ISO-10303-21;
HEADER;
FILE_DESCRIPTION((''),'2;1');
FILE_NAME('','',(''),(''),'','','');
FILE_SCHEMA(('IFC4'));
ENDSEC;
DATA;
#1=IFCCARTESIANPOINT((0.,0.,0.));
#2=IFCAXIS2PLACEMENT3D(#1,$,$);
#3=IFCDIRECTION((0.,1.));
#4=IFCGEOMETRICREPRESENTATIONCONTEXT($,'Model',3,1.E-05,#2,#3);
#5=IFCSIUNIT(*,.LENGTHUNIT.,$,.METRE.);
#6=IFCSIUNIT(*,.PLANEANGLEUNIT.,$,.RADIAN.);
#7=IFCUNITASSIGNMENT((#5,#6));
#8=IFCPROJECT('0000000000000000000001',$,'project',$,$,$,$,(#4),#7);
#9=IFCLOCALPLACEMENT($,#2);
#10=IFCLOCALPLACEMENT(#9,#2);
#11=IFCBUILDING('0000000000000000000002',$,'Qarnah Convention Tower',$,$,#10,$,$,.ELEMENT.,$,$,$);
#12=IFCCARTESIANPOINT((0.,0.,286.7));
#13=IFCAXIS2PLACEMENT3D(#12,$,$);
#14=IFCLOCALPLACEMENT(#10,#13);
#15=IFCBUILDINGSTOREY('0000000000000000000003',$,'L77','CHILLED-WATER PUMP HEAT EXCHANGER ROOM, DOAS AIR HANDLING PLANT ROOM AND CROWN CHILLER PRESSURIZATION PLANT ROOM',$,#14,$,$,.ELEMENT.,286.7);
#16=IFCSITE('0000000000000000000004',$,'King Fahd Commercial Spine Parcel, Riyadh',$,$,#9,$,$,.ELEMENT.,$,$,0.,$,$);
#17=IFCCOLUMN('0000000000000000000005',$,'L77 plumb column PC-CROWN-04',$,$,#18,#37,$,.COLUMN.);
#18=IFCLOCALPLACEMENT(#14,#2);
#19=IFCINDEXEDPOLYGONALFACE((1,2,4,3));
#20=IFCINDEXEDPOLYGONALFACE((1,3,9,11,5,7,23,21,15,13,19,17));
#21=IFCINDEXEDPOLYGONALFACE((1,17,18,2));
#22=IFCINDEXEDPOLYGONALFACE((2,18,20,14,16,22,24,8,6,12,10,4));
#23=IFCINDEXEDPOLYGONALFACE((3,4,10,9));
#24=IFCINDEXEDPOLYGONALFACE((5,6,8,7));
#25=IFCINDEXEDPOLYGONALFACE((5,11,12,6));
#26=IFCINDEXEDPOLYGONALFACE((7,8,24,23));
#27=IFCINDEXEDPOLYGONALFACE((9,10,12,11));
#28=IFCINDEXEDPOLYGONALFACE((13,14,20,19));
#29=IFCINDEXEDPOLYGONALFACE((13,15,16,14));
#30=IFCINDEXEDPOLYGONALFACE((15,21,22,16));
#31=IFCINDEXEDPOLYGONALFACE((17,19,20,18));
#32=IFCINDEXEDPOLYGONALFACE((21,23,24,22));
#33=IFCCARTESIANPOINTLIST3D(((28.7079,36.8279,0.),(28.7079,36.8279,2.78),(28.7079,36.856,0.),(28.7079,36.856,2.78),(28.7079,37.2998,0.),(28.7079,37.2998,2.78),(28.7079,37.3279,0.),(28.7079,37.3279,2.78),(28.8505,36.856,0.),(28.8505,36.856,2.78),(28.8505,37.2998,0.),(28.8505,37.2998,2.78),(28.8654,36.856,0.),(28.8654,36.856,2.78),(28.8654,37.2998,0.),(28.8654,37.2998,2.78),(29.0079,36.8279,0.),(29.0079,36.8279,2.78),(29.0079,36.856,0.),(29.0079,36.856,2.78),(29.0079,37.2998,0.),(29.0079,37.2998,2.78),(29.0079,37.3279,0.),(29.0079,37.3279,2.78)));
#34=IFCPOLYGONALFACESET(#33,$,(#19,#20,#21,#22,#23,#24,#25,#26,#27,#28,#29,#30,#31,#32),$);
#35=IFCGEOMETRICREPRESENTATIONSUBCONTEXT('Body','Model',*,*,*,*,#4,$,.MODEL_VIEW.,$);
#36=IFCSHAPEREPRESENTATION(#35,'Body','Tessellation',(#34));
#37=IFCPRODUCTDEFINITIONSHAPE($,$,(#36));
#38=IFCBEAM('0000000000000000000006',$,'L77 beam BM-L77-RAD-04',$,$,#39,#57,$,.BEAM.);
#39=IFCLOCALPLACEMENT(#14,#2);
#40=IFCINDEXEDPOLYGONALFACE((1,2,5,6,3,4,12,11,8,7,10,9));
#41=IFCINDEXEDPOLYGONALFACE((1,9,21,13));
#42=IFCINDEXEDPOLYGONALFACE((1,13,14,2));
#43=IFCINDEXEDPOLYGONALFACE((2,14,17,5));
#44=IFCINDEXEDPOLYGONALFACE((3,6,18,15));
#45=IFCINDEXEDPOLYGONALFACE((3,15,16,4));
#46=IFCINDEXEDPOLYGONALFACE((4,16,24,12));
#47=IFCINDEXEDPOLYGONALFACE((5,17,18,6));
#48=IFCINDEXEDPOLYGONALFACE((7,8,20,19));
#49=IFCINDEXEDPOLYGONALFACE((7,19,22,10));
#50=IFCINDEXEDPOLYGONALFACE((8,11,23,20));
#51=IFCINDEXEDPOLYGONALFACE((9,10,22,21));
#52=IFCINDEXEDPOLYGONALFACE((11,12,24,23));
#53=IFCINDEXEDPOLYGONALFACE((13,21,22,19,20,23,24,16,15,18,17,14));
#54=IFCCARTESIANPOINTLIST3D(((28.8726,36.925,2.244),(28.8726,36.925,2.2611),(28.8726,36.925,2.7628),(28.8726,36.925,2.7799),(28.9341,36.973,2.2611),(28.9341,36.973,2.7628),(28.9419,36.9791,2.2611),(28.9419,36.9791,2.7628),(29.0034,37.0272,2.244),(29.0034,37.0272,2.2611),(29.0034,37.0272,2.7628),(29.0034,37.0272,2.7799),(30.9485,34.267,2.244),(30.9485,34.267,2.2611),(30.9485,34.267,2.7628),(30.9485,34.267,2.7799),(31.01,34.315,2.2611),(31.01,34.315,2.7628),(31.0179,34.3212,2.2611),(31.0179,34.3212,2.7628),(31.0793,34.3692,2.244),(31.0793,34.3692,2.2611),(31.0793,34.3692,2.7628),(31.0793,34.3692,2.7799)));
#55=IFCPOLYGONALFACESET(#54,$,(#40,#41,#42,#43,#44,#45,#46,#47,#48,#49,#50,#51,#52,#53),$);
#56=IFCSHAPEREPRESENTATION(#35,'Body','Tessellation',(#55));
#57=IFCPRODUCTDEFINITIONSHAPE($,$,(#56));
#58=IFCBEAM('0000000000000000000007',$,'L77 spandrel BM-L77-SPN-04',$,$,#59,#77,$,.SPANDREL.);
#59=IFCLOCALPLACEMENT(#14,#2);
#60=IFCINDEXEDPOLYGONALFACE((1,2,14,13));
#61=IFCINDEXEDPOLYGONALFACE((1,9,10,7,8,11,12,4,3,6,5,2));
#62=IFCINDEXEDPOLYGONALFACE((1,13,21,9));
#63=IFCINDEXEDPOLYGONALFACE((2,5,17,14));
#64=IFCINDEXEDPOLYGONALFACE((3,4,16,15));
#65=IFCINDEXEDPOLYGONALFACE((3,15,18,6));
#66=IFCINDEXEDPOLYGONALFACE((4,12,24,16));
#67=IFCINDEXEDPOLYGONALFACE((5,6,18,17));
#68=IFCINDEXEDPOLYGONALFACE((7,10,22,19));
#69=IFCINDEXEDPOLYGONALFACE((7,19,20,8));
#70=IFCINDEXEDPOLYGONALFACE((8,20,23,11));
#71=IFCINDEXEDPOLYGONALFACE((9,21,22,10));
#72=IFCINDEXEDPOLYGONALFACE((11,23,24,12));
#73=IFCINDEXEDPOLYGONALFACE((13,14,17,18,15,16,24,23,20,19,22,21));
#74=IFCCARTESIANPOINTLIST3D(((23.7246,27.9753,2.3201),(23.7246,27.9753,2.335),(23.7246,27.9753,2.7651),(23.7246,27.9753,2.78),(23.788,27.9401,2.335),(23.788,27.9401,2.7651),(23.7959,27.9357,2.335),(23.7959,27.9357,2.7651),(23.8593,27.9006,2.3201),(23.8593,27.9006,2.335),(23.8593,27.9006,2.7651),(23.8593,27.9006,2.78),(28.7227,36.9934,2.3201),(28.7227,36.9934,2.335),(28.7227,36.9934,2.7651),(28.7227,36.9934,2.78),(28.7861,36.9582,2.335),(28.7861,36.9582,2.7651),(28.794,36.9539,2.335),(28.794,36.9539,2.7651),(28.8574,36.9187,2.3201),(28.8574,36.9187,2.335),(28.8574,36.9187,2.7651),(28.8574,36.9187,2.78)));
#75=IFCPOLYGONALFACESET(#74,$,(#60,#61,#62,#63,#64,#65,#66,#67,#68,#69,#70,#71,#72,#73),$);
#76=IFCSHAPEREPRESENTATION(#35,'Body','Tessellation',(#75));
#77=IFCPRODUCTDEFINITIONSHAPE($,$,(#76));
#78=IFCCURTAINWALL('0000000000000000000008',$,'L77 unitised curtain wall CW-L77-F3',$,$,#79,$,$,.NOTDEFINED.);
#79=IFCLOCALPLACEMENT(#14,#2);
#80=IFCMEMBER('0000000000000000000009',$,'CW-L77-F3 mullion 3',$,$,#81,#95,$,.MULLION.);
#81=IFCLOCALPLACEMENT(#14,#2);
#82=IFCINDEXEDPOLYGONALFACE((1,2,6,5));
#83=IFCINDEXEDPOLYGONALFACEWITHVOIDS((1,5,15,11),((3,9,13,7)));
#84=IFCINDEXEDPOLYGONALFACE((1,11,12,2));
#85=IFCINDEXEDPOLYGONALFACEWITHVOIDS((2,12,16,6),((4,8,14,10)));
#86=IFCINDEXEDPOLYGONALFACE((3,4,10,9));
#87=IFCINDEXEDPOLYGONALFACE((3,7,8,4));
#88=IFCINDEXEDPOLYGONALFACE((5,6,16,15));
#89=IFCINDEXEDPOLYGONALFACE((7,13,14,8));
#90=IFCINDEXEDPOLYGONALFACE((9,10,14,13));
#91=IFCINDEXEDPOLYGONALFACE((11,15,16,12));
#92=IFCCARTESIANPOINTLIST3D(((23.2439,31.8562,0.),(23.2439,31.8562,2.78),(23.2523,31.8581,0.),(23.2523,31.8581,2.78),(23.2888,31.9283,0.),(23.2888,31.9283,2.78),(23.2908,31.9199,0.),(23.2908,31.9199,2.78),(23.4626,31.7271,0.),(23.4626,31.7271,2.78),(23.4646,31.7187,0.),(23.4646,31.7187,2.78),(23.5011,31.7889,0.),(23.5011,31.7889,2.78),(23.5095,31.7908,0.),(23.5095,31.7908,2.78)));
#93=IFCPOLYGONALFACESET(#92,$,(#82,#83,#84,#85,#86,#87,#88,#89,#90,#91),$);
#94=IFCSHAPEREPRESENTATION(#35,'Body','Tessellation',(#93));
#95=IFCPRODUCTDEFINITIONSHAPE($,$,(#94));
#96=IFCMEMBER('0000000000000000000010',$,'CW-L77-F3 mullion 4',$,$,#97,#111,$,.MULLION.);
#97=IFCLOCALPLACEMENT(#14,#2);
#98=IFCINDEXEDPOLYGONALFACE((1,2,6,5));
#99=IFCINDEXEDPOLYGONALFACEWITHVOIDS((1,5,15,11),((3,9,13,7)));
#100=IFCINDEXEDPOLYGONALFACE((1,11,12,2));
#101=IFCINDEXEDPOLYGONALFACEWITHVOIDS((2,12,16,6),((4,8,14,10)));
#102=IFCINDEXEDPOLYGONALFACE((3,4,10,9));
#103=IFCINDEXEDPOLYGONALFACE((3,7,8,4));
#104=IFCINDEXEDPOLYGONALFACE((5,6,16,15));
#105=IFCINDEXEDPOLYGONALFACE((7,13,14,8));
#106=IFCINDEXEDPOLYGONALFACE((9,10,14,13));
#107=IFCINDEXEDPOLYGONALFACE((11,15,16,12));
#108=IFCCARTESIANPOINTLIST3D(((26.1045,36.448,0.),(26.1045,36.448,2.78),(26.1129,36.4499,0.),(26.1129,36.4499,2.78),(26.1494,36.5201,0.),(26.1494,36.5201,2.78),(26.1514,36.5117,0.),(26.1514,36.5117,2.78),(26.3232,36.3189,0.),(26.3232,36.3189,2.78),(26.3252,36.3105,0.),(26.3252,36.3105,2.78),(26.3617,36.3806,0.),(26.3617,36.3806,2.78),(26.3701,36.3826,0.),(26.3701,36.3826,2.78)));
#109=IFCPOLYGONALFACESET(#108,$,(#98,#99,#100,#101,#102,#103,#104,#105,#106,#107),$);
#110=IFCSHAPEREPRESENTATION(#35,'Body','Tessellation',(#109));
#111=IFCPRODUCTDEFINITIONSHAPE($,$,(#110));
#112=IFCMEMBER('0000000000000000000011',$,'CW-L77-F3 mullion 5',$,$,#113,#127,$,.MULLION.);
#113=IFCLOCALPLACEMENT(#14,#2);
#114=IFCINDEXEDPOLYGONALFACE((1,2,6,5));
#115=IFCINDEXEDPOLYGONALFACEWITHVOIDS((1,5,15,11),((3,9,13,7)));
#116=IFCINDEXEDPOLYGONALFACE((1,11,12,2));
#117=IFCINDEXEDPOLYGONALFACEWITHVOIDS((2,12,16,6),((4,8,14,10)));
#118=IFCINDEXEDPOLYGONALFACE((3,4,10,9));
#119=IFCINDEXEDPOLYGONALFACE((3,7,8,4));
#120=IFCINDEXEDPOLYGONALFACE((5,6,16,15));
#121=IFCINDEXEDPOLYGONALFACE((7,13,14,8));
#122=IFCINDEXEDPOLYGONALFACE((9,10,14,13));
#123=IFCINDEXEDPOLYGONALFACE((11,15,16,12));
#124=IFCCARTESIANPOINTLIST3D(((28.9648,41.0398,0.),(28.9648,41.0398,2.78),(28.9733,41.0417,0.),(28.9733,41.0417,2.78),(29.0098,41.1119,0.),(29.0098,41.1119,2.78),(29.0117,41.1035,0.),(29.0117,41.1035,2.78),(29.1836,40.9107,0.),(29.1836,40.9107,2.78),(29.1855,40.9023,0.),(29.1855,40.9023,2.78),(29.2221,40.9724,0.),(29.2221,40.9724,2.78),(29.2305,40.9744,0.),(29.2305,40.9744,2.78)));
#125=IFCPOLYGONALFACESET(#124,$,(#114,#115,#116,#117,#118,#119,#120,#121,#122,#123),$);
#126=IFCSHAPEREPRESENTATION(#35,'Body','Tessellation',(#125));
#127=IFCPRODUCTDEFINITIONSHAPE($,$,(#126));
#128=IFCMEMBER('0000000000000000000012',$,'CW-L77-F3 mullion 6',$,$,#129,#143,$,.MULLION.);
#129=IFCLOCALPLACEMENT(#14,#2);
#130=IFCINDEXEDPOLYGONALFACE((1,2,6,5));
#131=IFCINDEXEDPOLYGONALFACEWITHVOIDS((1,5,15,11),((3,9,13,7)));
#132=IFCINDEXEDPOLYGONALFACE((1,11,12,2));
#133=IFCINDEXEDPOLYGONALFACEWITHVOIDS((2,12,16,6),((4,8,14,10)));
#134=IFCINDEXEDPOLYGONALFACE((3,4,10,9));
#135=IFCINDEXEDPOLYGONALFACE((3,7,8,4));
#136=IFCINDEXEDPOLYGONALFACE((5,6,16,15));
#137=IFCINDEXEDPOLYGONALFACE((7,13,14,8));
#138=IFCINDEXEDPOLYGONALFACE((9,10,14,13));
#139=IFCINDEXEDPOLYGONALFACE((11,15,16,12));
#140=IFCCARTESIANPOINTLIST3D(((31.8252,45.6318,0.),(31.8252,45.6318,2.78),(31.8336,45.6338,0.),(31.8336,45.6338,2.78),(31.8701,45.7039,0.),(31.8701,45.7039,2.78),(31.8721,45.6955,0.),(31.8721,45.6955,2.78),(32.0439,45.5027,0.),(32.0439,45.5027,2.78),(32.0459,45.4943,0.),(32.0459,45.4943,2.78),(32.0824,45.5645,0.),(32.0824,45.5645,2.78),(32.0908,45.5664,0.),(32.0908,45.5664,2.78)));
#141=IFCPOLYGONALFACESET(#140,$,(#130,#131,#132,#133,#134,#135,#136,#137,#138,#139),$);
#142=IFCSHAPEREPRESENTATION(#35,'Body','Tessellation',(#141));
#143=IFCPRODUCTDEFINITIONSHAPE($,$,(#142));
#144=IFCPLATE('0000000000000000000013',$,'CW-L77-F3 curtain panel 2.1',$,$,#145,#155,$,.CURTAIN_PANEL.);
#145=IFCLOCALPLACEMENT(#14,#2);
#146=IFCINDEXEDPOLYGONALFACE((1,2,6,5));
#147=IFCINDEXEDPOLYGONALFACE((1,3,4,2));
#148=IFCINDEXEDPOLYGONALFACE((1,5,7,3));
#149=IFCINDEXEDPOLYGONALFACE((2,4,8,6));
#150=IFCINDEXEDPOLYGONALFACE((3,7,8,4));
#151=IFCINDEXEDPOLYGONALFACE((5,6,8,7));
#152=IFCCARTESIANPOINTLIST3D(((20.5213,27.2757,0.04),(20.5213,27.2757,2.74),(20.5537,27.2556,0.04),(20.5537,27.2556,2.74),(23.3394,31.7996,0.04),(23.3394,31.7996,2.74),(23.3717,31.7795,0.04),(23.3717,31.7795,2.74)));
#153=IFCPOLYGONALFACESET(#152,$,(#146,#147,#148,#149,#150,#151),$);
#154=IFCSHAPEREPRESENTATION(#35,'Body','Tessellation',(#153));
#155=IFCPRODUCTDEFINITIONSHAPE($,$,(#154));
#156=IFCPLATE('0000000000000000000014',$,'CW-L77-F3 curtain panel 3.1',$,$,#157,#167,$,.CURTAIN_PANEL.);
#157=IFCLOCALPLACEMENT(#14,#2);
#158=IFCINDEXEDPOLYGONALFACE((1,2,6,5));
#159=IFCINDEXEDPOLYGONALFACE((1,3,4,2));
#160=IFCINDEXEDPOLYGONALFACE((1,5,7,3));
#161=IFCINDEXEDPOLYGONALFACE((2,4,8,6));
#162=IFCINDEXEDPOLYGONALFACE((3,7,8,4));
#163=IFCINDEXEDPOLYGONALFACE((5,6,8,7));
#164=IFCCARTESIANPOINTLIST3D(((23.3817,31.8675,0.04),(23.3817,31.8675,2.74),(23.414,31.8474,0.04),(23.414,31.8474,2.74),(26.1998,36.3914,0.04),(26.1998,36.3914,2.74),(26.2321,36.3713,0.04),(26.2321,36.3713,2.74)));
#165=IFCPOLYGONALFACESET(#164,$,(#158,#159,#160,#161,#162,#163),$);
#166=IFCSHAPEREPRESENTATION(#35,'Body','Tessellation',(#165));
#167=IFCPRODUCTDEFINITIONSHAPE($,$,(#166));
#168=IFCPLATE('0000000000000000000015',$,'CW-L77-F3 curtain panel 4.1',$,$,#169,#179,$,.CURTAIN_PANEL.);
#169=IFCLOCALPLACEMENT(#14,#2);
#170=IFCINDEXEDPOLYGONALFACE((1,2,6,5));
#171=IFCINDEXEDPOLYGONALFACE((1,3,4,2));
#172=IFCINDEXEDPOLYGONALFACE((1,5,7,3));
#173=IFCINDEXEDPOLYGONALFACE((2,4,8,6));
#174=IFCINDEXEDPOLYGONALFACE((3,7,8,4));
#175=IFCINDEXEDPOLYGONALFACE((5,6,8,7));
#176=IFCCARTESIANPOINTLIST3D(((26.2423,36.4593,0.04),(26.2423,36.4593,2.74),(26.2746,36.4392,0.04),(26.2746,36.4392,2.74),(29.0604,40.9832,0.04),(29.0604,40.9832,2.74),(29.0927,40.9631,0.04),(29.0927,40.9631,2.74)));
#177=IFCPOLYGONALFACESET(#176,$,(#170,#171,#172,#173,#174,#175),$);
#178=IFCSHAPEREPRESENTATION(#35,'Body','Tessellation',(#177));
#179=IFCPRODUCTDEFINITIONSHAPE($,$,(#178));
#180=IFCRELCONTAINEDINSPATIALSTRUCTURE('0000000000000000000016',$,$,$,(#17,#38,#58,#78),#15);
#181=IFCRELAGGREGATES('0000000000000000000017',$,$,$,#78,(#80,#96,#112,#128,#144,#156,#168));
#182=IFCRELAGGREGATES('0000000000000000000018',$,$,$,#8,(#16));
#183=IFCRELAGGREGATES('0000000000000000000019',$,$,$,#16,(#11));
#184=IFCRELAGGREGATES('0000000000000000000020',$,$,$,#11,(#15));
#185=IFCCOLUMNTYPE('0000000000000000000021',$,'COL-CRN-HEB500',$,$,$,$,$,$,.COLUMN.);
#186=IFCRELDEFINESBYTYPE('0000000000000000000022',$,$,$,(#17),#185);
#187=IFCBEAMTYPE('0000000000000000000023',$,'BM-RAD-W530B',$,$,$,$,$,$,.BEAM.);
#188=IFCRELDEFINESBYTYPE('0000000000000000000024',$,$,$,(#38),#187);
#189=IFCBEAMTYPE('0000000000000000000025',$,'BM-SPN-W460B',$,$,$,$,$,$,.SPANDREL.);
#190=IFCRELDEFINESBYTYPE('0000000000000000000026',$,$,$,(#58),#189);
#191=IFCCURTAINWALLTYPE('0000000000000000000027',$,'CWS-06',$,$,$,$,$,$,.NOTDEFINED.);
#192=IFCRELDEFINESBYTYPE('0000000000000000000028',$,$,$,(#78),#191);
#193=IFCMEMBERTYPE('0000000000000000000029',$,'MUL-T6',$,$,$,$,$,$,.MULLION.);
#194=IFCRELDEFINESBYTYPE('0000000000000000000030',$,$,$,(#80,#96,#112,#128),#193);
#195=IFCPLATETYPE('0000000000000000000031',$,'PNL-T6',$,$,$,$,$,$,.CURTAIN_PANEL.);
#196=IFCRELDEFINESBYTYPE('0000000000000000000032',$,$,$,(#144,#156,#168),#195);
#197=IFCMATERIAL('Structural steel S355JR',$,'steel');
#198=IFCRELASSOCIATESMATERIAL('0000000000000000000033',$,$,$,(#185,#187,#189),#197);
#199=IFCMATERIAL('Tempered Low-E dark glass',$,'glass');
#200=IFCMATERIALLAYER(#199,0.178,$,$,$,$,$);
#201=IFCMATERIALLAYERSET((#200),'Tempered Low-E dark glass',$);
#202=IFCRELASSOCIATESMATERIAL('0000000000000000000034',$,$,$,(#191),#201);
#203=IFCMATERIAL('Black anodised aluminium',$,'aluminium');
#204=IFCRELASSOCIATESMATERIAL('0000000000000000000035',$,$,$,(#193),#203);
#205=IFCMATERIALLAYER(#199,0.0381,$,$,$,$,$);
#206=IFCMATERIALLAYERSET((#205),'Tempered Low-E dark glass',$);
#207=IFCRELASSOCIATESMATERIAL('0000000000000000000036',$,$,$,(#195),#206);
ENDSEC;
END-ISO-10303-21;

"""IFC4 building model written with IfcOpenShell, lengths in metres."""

from ifc_helpers import new_model, si_unit, direction, frame, origin, origin_2d, place, context, subcontext, project, spatial, rectangle, hollow_rectangle, i_section, extrude, material, layer, layer_set, material_profile, profile_set, type_object, element, aggregate, save


model = new_model("IFC4")

# Units and contexts
model_context = context("Model", 3, precision=1e-05, world=origin(), true_north=direction((0.0, 1.0)))
body_context = subcontext(model_context, "Body", "Model", "MODEL_VIEW")
ifc_project = project(units=[si_unit("LENGTHUNIT", "METRE"), si_unit("PLANEANGLEUNIT", "RADIAN")], contexts=[model_context])

# Site, building, storey
site_placement = place(None, origin())
site = spatial("IfcSite", under=ifc_project, at=site_placement, Name="King Fahd Commercial Spine Parcel, Riyadh", CompositionType="ELEMENT", RefElevation=0.0)
building_placement = place(site_placement, origin())
building = spatial("IfcBuilding", under=site, at=building_placement, Name="Qarnah Convention Tower", CompositionType="ELEMENT")
storey_placement = place(building_placement, frame((0.0, 0.0, 286.7)))
storey = spatial("IfcBuildingStorey", under=building, at=storey_placement, Name="L77", Description="CHILLED-WATER PUMP HEAT EXCHANGER ROOM, DOAS AIR HANDLING PLANT ROOM AND CROWN CHILLER PRESSURIZATION PLANT ROOM", CompositionType="ELEMENT", Elevation=286.7)

# Column
ifc_material_1 = material(Name="Structural steel S355JR", Category="steel")
ifc_material_profile_1 = material_profile(ifc_material_1, i_section(OverallWidth=0.3, OverallDepth=0.5, WebThickness=0.0149, FlangeThickness=0.0281, at=origin_2d()), Name="HEB500")
ifc_profile_set_1 = profile_set([ifc_material_profile_1], Name="Structural steel S355JR")
column_type = type_object("IfcColumnType", Name="COL-CRN-HEB500", PredefinedType="COLUMN", material=ifc_profile_set_1)
column_placement = place(storey_placement, frame((28.8579, 37.0779, 0.0), z_axis=(0.0, 0.0, 1.0), x_axis=(1.0, 0.0, 0.0)))
element("IfcColumn", 1, at=column_placement, inside=storey, type_object=column_type, Name="L77 plumb column PC-CROWN-04", PredefinedType="COLUMN", context=body_context, shape_type="SweptSolid", body=[
    extrude(i_section(OverallWidth=0.3, OverallDepth=0.5, WebThickness=0.0149, FlangeThickness=0.0281, at=origin_2d()), origin(), (0.0, 0.0, 1.0), 2.78),
])

# Beams
ifc_material_profile_2 = material_profile(ifc_material_1, i_section(OverallWidth=0.166, OverallDepth=0.5359, WebThickness=0.01, FlangeThickness=0.0171, at=origin_2d()), Name="W530X85")
ifc_profile_set_2 = profile_set([ifc_material_profile_2], Name="Structural steel S355JR")
beam_type_1 = type_object("IfcBeamType", Name="BM-RAD-W530B", PredefinedType="BEAM", material=ifc_profile_set_2)
beam_1_placement = place(storey_placement, frame((31.0139, 34.3181, 2.512), z_axis=(-0.615533, 0.788111, 0.0), x_axis=(-0.788111, -0.615533, 0.0)))
element("IfcBeam", 2, at=beam_1_placement, inside=storey, type_object=beam_type_1, Name="L77 beam BM-L77-RAD-04", PredefinedType="BEAM", context=body_context, shape_type="SweptSolid", body=[
    extrude(i_section(OverallWidth=0.166, OverallDepth=0.5359, WebThickness=0.01, FlangeThickness=0.0171, at=origin_2d()), origin(), (0.0, 0.0, 1.0), 3.3726),
])
ifc_material_profile_3 = material_profile(ifc_material_1, i_section(OverallWidth=0.1541, OverallDepth=0.46, WebThickness=0.009, FlangeThickness=0.0149, at=origin_2d()), Name="W460X68")
ifc_profile_set_3 = profile_set([ifc_material_profile_3], Name="Structural steel S355JR")
beam_type_2 = type_object("IfcBeamType", Name="BM-SPN-W460B", PredefinedType="SPANDREL", material=ifc_profile_set_3)
beam_2_placement = place(storey_placement, frame((28.79, 36.9561, 2.55), z_axis=(-0.484754, -0.874651, 0.0), x_axis=(0.874651, -0.484754, 0.0)))
element("IfcBeam", 3, at=beam_2_placement, inside=storey, type_object=beam_type_2, Name="L77 spandrel BM-L77-SPN-04", PredefinedType="SPANDREL", context=body_context, shape_type="SweptSolid", body=[
    extrude(i_section(OverallWidth=0.1541, OverallDepth=0.46, WebThickness=0.009, FlangeThickness=0.0149, at=origin_2d()), origin(), (0.0, 0.0, 1.0), 10.3105),
])

# Curtain wall, members, plates
ifc_material_2 = material(Name="Tempered Low-E dark glass", Category="glass")
ifc_layer_1 = layer(ifc_material_2, 0.178)
ifc_layer_set_1 = layer_set([ifc_layer_1], Name="Tempered Low-E dark glass")
curtain_wall_type = type_object("IfcCurtainWallType", Name="CWS-06", PredefinedType="NOTDEFINED", material=ifc_layer_set_1)
curtain_wall_placement = place(storey_placement, origin())
curtain_wall = element("IfcCurtainWall", 4, at=curtain_wall_placement, inside=storey, type_object=curtain_wall_type, Name="L77 unitised curtain wall CW-L77-F3", PredefinedType="NOTDEFINED")
ifc_material_3 = material(Name="Black anodised aluminium", Category="aluminium")
ifc_material_profile_4 = material_profile(ifc_material_3, hollow_rectangle(XDim=0.085, YDim=0.26, WallThickness=0.0061, at=origin_2d()), Name="MUL-85X260")
ifc_profile_set_4 = profile_set([ifc_material_profile_4], Name="Black anodised aluminium")
member_type = type_object("IfcMemberType", Name="MUL-T6", PredefinedType="MULLION", material=ifc_profile_set_4)
member_1_placement = place(storey_placement, frame((23.3767, 31.8235, 0.0), z_axis=(0.0, 0.0, 1.0), x_axis=(0.528739, 0.848785, 0.0)))
member_1 = element("IfcMember", 5, at=member_1_placement, type_object=member_type, Name="CW-L77-F3 mullion 3", PredefinedType="MULLION", context=body_context, shape_type="SweptSolid", body=[
    extrude(hollow_rectangle(XDim=0.085, YDim=0.26, WallThickness=0.0061, at=origin_2d()), origin(), (0.0, 0.0, 1.0), 2.78),
])
member_2_placement = place(storey_placement, frame((26.2373, 36.4153, 0.0), z_axis=(0.0, 0.0, 1.0), x_axis=(0.528739, 0.848785, 0.0)))
member_2 = element("IfcMember", 6, at=member_2_placement, type_object=member_type, Name="CW-L77-F3 mullion 4", PredefinedType="MULLION", context=body_context, shape_type="SweptSolid", body=[
    extrude(hollow_rectangle(XDim=0.085, YDim=0.26, WallThickness=0.0061, at=origin_2d()), origin(), (0.0, 0.0, 1.0), 2.78),
])
member_3_placement = place(storey_placement, frame((29.0977, 41.0071, 0.0), z_axis=(0.0, 0.0, 1.0), x_axis=(0.528739, 0.848785, 0.0)))
member_3 = element("IfcMember", 7, at=member_3_placement, type_object=member_type, Name="CW-L77-F3 mullion 5", PredefinedType="MULLION", context=body_context, shape_type="SweptSolid", body=[
    extrude(hollow_rectangle(XDim=0.085, YDim=0.26, WallThickness=0.0061, at=origin_2d()), origin(), (0.0, 0.0, 1.0), 2.78),
])
member_4_placement = place(storey_placement, frame((31.958, 45.5991, 0.0), z_axis=(0.0, 0.0, 1.0), x_axis=(0.528739, 0.848785, 0.0)))
member_4 = element("IfcMember", 8, at=member_4_placement, type_object=member_type, Name="CW-L77-F3 mullion 6", PredefinedType="MULLION", context=body_context, shape_type="SweptSolid", body=[
    extrude(hollow_rectangle(XDim=0.085, YDim=0.26, WallThickness=0.0061, at=origin_2d()), origin(), (0.0, 0.0, 1.0), 2.78),
])
ifc_layer_2 = layer(ifc_material_2, 0.0381)
ifc_layer_set_2 = layer_set([ifc_layer_2], Name="Tempered Low-E dark glass")
plate_type_1 = type_object("IfcPlateType", Name="PNL-T6", PredefinedType="CURTAIN_PANEL", material=ifc_layer_set_2)
plate_1_placement = place(storey_placement, frame((21.9465, 29.5276, 0.04), z_axis=(0.0, 0.0, 1.0), x_axis=(0.528739, 0.848785, 0.0)))
plate_1 = element("IfcPlate", 9, at=plate_1_placement, type_object=plate_type_1, Name="CW-L77-F3 curtain panel 2.1", PredefinedType="CURTAIN_PANEL", context=body_context, shape_type="SweptSolid", body=[
    extrude(rectangle(XDim=5.3298, YDim=0.0381, at=origin_2d()), origin(), (0.0, 0.0, 1.0), 2.7),
])
plate_2_placement = place(storey_placement, frame((24.8069, 34.1194, 0.04), z_axis=(0.0, 0.0, 1.0), x_axis=(0.528739, 0.848785, 0.0)))
plate_2 = element("IfcPlate", 10, at=plate_2_placement, type_object=plate_type_1, Name="CW-L77-F3 curtain panel 3.1", PredefinedType="CURTAIN_PANEL", context=body_context, shape_type="SweptSolid", body=[
    extrude(rectangle(XDim=5.3298, YDim=0.0381, at=origin_2d()), origin(), (0.0, 0.0, 1.0), 2.7),
])
plate_3_placement = place(storey_placement, frame((27.6675, 38.7112, 0.04), z_axis=(0.0, 0.0, 1.0), x_axis=(0.528739, 0.848785, 0.0)))
plate_3 = element("IfcPlate", 11, at=plate_3_placement, type_object=plate_type_1, Name="CW-L77-F3 curtain panel 4.1", PredefinedType="CURTAIN_PANEL", context=body_context, shape_type="SweptSolid", body=[
    extrude(rectangle(XDim=5.3298, YDim=0.0381, at=origin_2d()), origin(), (0.0, 0.0, 1.0), 2.7),
])
aggregate(curtain_wall, [member_1, member_2, member_3, member_4, plate_1, plate_2, plate_3])

save(model, "model.ifc")
